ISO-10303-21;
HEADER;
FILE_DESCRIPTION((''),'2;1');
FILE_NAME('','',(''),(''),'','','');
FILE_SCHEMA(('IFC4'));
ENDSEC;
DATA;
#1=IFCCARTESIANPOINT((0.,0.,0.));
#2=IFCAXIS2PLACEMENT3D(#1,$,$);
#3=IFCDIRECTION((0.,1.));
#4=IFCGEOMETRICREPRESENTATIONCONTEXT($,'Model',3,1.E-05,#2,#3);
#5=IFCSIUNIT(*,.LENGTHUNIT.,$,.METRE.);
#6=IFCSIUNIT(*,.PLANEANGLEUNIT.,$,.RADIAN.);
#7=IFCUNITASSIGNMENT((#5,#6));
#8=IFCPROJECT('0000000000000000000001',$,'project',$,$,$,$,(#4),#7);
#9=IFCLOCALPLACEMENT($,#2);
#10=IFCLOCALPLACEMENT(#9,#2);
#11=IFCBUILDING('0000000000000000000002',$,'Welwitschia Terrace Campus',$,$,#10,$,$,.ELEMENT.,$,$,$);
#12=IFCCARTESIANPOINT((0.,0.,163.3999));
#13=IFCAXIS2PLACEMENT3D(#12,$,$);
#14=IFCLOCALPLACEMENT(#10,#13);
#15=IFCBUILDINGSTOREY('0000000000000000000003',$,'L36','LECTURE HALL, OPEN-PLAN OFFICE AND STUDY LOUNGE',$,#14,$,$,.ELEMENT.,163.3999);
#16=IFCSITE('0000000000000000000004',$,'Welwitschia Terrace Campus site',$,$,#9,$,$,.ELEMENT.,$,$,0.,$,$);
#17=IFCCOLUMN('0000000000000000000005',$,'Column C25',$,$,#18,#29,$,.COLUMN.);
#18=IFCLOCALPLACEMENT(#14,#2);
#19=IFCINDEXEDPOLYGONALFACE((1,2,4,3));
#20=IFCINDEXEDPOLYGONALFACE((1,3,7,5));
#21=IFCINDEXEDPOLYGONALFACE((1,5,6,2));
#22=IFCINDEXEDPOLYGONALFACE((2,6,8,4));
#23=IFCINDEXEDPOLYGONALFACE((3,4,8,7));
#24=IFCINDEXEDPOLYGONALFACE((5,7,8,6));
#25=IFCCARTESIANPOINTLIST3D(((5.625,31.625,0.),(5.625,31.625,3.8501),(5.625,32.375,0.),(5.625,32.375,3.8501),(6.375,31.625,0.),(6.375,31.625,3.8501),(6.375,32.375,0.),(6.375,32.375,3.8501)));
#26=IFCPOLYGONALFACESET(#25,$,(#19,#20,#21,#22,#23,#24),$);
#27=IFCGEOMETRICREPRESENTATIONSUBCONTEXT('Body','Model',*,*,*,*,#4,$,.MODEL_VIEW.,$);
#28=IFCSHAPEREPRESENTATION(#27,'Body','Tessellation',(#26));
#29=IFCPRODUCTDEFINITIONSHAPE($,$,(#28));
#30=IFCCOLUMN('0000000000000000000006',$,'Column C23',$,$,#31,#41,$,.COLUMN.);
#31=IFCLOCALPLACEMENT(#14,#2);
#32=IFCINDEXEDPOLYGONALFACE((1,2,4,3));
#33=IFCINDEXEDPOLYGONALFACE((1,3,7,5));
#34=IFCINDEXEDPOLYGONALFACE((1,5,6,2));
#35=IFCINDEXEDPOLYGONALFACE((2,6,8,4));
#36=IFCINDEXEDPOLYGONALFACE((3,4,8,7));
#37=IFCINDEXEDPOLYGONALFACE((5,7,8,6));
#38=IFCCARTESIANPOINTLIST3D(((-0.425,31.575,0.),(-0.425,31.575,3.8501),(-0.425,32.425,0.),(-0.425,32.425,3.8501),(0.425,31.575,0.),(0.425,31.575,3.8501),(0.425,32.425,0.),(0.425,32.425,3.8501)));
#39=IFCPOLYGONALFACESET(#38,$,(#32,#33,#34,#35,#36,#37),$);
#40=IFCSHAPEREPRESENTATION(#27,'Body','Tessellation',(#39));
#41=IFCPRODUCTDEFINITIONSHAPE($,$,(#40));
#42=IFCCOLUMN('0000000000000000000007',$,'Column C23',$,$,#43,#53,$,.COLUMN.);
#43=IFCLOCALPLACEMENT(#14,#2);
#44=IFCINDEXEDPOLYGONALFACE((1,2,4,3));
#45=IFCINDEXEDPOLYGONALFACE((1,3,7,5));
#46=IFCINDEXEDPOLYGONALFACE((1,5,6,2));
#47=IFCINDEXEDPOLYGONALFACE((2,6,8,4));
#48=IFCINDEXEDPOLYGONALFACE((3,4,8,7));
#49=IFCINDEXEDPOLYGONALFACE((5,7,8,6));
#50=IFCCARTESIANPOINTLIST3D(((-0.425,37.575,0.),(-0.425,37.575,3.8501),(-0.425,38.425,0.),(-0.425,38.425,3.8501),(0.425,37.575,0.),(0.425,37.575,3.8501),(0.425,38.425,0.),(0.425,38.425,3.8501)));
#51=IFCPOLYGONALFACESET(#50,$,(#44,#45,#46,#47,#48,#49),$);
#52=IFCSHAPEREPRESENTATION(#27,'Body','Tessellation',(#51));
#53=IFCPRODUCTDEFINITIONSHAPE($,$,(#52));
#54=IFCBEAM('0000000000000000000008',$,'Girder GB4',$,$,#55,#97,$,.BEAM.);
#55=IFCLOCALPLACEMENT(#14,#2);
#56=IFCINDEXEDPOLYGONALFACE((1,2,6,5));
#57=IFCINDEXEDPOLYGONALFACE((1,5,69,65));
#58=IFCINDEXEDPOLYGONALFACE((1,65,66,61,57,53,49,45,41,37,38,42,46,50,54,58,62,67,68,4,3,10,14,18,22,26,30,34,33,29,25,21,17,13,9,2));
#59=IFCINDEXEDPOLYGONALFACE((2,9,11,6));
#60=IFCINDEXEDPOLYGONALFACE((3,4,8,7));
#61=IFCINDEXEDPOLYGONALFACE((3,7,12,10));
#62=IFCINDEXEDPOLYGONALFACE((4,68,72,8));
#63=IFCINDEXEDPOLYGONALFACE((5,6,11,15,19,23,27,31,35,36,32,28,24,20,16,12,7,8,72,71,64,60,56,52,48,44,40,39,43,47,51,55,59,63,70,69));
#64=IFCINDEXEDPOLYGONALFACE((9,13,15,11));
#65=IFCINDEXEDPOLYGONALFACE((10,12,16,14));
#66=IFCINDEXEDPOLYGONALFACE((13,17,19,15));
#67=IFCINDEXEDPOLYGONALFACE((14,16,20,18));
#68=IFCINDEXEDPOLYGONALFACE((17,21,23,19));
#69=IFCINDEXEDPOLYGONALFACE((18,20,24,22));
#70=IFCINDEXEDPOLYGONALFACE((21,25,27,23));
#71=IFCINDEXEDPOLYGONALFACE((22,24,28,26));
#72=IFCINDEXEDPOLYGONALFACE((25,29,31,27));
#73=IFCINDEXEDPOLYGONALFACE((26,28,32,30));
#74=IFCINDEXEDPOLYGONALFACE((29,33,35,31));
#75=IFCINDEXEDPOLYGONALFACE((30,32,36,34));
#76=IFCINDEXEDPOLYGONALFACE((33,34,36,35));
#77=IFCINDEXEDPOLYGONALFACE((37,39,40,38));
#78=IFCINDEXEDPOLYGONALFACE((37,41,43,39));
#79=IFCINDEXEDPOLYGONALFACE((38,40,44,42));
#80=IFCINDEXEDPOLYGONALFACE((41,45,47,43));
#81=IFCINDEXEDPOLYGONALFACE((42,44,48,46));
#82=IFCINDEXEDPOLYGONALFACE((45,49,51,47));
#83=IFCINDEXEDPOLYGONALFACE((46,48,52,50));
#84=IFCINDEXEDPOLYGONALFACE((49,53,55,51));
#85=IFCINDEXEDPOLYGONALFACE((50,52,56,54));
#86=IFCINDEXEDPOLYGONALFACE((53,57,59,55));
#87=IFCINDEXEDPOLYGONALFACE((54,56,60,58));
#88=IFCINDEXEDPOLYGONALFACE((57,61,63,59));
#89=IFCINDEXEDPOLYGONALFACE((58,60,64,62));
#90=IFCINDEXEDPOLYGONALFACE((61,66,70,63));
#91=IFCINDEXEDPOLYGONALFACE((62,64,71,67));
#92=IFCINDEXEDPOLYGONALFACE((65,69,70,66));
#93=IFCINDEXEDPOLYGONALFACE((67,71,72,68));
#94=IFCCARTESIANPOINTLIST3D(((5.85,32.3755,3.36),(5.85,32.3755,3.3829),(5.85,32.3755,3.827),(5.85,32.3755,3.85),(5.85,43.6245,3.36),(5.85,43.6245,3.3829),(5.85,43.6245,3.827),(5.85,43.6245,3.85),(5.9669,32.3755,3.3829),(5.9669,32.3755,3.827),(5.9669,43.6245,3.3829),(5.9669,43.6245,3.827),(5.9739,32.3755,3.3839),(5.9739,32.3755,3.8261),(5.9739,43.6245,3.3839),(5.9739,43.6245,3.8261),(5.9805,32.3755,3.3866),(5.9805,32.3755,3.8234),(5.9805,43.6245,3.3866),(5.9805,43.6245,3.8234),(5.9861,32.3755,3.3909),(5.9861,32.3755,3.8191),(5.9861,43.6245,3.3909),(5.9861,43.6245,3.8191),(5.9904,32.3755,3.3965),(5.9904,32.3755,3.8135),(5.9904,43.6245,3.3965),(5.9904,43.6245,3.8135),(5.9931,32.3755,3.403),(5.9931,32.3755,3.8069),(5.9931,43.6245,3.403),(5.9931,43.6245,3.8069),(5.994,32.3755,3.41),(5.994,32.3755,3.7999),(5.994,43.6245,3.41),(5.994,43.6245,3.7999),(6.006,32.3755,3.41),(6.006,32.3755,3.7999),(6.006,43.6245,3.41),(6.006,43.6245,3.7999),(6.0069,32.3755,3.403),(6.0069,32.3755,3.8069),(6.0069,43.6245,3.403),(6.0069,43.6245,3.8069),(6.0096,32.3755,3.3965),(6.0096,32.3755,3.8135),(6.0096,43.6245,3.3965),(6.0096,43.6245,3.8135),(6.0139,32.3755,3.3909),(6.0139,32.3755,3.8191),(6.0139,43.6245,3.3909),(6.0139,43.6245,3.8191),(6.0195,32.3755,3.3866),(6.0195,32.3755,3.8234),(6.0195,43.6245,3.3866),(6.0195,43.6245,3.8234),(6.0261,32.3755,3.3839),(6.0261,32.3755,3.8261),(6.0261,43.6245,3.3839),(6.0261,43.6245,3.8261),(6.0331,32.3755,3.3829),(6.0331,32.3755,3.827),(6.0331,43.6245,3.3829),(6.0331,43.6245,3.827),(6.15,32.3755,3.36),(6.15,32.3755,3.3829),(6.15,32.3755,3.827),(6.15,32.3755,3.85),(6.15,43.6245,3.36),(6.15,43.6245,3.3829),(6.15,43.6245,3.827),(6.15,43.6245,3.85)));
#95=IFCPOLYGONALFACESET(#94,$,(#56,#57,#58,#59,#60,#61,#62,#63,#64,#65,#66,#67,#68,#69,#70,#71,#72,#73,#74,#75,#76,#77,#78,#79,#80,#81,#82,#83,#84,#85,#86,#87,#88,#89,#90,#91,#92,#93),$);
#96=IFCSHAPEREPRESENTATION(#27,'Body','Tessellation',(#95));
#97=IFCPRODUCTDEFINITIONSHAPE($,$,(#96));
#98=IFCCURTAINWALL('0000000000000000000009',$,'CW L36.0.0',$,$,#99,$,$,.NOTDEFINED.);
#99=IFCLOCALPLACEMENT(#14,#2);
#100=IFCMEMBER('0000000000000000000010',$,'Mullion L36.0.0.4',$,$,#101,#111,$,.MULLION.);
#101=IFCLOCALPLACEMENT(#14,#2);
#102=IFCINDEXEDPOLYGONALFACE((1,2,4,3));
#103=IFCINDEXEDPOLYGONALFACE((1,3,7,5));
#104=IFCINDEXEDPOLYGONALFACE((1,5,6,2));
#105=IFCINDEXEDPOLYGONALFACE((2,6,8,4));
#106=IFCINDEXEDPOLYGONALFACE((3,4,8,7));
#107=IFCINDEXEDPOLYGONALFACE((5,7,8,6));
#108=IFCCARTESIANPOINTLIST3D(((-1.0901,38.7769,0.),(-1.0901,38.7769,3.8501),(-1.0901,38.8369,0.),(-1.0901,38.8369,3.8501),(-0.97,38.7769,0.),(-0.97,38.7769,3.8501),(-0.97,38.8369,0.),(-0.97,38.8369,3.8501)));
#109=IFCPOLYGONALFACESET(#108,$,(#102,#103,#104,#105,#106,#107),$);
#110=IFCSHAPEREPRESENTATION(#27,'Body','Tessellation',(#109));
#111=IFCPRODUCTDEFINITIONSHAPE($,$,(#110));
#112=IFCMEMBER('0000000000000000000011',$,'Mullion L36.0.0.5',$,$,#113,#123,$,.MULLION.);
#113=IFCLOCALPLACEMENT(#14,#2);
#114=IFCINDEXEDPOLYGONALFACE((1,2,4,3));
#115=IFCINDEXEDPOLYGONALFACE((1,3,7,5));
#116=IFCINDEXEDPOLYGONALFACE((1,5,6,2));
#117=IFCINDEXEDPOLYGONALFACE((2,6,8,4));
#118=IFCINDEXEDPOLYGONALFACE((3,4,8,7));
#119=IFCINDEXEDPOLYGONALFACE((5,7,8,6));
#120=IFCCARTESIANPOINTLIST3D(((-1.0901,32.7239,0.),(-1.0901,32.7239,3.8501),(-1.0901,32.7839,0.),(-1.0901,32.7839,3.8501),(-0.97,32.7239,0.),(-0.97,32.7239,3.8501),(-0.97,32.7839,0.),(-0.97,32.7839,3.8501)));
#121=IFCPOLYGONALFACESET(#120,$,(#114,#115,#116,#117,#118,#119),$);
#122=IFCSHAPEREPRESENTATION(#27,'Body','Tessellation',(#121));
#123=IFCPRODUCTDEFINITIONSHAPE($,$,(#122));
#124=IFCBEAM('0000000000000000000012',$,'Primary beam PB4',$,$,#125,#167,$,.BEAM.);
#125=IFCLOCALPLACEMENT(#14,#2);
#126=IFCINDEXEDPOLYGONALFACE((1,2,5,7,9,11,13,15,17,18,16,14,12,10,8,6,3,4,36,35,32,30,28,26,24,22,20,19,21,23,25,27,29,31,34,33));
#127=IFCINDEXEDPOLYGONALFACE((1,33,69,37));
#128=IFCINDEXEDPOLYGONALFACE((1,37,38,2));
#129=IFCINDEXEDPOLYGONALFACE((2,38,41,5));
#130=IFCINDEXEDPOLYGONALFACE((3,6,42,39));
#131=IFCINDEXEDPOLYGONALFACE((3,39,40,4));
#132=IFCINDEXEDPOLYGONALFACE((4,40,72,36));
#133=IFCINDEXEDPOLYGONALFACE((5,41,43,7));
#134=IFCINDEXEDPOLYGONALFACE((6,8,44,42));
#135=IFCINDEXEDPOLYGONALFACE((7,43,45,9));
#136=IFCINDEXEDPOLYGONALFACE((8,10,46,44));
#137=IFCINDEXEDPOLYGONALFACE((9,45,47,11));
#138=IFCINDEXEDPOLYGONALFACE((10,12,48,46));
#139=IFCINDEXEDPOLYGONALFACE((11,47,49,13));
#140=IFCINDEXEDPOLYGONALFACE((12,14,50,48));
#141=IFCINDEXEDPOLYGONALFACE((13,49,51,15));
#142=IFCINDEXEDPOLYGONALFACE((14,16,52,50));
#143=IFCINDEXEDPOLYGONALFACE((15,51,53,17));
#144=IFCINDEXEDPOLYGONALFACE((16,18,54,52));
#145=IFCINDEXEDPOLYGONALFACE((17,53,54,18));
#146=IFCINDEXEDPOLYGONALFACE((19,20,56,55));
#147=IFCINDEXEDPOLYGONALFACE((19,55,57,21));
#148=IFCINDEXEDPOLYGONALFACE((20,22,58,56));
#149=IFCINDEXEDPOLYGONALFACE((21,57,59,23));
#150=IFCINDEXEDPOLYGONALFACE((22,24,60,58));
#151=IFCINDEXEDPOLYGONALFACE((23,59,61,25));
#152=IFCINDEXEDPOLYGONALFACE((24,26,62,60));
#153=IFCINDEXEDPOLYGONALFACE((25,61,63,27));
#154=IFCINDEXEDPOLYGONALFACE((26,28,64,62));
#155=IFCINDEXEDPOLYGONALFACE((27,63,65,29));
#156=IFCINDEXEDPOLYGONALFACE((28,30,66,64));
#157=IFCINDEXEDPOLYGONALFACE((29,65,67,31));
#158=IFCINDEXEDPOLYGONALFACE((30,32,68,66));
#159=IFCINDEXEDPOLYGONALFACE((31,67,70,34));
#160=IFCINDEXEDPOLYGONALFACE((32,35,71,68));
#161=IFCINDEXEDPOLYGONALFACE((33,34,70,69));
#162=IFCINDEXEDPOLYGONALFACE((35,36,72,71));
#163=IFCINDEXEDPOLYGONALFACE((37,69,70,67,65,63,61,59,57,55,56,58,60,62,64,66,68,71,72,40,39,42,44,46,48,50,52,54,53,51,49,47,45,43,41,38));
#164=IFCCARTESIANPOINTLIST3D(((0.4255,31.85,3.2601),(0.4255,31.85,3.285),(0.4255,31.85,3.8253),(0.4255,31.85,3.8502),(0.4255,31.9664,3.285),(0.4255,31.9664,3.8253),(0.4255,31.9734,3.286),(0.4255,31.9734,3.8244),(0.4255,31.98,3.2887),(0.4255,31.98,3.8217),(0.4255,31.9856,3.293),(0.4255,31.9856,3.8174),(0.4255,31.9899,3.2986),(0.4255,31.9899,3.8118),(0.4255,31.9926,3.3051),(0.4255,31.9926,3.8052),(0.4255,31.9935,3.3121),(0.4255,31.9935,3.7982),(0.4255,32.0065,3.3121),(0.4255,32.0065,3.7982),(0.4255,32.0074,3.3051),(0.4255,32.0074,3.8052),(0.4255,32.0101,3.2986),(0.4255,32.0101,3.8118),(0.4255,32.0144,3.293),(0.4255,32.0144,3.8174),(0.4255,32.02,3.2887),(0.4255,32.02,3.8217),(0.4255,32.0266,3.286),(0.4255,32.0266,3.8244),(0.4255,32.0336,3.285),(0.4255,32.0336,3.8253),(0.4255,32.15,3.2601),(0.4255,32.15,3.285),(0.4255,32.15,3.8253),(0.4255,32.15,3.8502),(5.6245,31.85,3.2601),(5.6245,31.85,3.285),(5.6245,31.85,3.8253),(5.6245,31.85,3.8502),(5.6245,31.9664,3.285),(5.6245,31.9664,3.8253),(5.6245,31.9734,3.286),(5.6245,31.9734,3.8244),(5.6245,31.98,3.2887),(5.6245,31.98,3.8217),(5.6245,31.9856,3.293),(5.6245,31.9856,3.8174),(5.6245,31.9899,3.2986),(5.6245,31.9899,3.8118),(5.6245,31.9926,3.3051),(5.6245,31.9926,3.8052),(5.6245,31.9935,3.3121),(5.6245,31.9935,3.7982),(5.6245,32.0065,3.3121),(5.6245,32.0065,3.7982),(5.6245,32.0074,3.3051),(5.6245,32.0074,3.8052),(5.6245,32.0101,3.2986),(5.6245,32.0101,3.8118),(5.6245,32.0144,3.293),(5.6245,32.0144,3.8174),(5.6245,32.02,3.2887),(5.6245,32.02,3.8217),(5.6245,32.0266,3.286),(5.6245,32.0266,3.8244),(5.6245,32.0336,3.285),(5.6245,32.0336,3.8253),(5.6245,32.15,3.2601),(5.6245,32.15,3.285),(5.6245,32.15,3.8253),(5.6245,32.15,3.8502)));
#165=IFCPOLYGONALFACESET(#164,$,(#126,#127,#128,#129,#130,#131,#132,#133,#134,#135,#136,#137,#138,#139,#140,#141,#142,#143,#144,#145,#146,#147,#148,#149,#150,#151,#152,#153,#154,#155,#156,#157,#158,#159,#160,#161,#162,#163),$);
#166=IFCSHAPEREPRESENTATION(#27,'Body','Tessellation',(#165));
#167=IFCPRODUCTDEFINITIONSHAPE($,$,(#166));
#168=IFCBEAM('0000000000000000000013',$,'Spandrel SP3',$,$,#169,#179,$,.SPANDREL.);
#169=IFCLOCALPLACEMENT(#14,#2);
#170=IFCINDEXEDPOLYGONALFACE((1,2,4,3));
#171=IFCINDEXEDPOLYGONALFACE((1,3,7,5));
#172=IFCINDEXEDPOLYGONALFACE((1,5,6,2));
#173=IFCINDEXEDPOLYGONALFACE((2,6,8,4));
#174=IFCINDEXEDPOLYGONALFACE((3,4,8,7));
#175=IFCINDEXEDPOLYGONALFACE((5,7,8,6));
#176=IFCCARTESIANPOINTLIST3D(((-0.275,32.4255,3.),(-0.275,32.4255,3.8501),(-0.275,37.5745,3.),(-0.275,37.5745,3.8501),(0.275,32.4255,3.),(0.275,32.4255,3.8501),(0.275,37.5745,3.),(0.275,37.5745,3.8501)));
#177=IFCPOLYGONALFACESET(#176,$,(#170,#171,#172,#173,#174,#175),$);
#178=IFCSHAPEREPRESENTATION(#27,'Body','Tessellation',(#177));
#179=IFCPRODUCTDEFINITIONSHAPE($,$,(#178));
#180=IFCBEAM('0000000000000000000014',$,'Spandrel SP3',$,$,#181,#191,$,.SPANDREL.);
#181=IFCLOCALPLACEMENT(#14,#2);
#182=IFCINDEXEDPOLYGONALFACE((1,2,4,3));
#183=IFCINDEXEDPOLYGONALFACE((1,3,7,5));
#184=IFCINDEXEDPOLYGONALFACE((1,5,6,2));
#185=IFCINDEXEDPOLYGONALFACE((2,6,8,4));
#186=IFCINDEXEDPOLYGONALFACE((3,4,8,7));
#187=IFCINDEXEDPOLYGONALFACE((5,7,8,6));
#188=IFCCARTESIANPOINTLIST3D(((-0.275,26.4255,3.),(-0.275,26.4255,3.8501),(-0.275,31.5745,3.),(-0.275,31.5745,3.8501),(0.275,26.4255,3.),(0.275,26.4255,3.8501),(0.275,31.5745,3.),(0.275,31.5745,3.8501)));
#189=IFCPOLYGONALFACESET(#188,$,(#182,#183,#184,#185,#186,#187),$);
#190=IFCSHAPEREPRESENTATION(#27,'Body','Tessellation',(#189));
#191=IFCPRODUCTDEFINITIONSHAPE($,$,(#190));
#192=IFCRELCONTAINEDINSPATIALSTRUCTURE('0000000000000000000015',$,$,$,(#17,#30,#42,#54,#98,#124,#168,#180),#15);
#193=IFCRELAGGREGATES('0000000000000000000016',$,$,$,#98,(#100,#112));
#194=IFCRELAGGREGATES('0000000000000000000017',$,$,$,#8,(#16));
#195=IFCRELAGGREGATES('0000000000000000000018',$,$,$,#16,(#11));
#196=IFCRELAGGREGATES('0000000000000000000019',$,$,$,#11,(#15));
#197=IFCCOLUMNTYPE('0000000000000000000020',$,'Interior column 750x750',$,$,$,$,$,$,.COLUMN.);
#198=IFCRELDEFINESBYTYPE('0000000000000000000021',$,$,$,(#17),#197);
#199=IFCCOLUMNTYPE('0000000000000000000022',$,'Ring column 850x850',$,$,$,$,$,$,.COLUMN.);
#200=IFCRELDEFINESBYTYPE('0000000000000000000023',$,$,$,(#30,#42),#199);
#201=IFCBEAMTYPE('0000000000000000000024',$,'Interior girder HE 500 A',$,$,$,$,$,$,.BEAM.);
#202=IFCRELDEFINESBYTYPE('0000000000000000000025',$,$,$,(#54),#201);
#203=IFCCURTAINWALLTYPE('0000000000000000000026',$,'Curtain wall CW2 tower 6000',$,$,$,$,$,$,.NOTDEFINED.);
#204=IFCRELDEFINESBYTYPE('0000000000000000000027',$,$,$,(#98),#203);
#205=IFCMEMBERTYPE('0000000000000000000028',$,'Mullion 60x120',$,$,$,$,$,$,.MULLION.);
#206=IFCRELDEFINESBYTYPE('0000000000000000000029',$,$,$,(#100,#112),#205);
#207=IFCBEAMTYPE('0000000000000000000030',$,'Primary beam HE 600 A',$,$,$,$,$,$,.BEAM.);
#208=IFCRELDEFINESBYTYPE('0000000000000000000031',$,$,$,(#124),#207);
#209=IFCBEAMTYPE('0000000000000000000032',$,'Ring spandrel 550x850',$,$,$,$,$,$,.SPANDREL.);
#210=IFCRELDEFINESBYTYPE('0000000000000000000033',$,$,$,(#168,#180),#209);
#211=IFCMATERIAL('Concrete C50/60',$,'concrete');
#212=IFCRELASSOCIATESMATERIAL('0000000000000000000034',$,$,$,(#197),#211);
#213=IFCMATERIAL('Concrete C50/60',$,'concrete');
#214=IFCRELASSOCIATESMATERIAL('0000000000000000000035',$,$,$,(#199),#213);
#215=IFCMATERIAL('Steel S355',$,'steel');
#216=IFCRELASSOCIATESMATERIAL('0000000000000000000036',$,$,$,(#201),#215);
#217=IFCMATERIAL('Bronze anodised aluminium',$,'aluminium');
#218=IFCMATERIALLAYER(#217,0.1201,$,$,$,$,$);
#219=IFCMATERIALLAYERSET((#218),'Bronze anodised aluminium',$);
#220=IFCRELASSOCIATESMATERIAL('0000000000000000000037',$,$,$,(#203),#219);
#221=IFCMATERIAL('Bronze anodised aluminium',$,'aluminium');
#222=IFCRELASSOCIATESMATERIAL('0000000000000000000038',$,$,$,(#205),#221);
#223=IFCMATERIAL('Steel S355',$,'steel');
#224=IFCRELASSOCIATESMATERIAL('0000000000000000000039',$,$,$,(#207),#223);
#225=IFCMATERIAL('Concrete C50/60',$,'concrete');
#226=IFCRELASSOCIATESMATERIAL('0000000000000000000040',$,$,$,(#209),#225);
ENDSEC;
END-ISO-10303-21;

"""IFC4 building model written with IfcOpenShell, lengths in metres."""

from ifc_helpers import new_model, si_unit, direction, frame, origin, origin_2d, place, context, subcontext, project, spatial, rectangle, i_section, extrude, material, layer, layer_set, material_profile, profile_set, type_object, element, aggregate, save


model = new_model("IFC4")

# Units and contexts
model_context = context("Model", 3, precision=1e-05, world=origin(), true_north=direction((0.0, 1.0)))
body_context = subcontext(model_context, "Body", "Model", "MODEL_VIEW")
ifc_project = project(units=[si_unit("LENGTHUNIT", "METRE"), si_unit("PLANEANGLEUNIT", "RADIAN")], contexts=[model_context])

# Site, building, storey
site_placement = place(None, origin())
site = spatial("IfcSite", under=ifc_project, at=site_placement, Name="Welwitschia Terrace Campus site", CompositionType="ELEMENT", RefElevation=0.0)
building_placement = place(site_placement, origin())
building = spatial("IfcBuilding", under=site, at=building_placement, Name="Welwitschia Terrace Campus", CompositionType="ELEMENT")
storey_placement = place(building_placement, frame((0.0, 0.0, 163.3999)))
storey = spatial("IfcBuildingStorey", under=building, at=storey_placement, Name="L36", Description="LECTURE HALL, OPEN-PLAN OFFICE AND STUDY LOUNGE", CompositionType="ELEMENT", Elevation=163.3999)

# Columns
ifc_material_1 = material(Name="Concrete C50/60", Category="concrete")
ifc_material_profile_1 = material_profile(ifc_material_1, rectangle(XDim=0.75, YDim=0.75, at=origin_2d()))
ifc_profile_set_1 = profile_set([ifc_material_profile_1], Name="Concrete C50/60")
column_type_1 = type_object("IfcColumnType", Name="Interior column 750x750", PredefinedType="COLUMN", material=ifc_profile_set_1)
column_placement = place(storey_placement, frame((6.0, 32.0, 0.0), z_axis=(0.0, 0.0, 1.0), x_axis=(1.0, 0.0, 0.0)))
element("IfcColumn", 1, at=column_placement, inside=storey, type_object=column_type_1, Name="Column C25", PredefinedType="COLUMN", context=body_context, shape_type="SweptSolid", body=[
    extrude(rectangle(XDim=0.75, YDim=0.75, at=origin_2d()), origin(), (0.0, 0.0, 1.0), 3.8501),
])
ifc_material_2 = material(Name="Concrete C50/60", Category="concrete")
ifc_material_profile_2 = material_profile(ifc_material_2, rectangle(XDim=0.8501, YDim=0.8501, at=origin_2d()))
ifc_profile_set_2 = profile_set([ifc_material_profile_2], Name="Concrete C50/60")
column_type_2 = type_object("IfcColumnType", Name="Ring column 850x850", PredefinedType="COLUMN", material=ifc_profile_set_2)
for number, where, z_axis, x_axis, name in (
    (2, (0.0, 32.0, 0.0), (0.0, 0.0, 1.0), (1.0, 0.0, 0.0), "Column C23"),
    (3, (0.0, 38.0, 0.0), (0.0, 0.0, 1.0), (1.0, 0.0, 0.0), "Column C23"),
):
    element("IfcColumn", number, at=place(storey_placement, frame(where, z_axis=z_axis, x_axis=x_axis)), inside=storey, type_object=column_type_2, Name=name, PredefinedType="COLUMN", context=body_context, shape_type="SweptSolid", body=[
        extrude(rectangle(XDim=0.8501, YDim=0.8501, at=origin_2d()), origin(), (0.0, 0.0, 1.0), 3.8501),
    ])

# Beam
ifc_material_3 = material(Name="Steel S355", Category="steel")
ifc_material_profile_3 = material_profile(ifc_material_3, i_section(OverallWidth=0.3, OverallDepth=0.49, WebThickness=0.012, FlangeThickness=0.0229, FilletRadius=0.0271, at=origin_2d()))
ifc_profile_set_3 = profile_set([ifc_material_profile_3], Name="Steel S355")
beam_type_1 = type_object("IfcBeamType", Name="Interior girder HE 500 A", PredefinedType="BEAM", material=ifc_profile_set_3)
beam_1_placement = place(storey_placement, frame((6.0, 32.3755, 3.605), z_axis=(0.0, 1.0, 0.0), x_axis=(-1.0, 0.0, 0.0)))
element("IfcBeam", 4, at=beam_1_placement, inside=storey, type_object=beam_type_1, Name="Girder GB4", PredefinedType="BEAM", context=body_context, shape_type="SweptSolid", body=[
    extrude(i_section(OverallWidth=0.3, OverallDepth=0.49, WebThickness=0.012, FlangeThickness=0.0229, FilletRadius=0.0271, at=origin_2d()), origin(), (0.0, 0.0, 1.0), 11.249),
])

# Curtain wall, members
ifc_material_4 = material(Name="Bronze anodised aluminium", Category="aluminium")
ifc_layer_1 = layer(ifc_material_4, 0.1201)
ifc_layer_set_1 = layer_set([ifc_layer_1], Name="Bronze anodised aluminium")
curtain_wall_type = type_object("IfcCurtainWallType", Name="Curtain wall CW2 tower 6000", PredefinedType="NOTDEFINED", material=ifc_layer_set_1)
curtain_wall_placement = place(storey_placement, origin())
curtain_wall = element("IfcCurtainWall", 5, at=curtain_wall_placement, inside=storey, type_object=curtain_wall_type, Name="CW L36.0.0", PredefinedType="NOTDEFINED")
ifc_material_5 = material(Name="Bronze anodised aluminium", Category="aluminium")
ifc_material_profile_4 = material_profile(ifc_material_5, rectangle(XDim=0.1201, YDim=0.0601, at=origin_2d()))
ifc_profile_set_4 = profile_set([ifc_material_profile_4], Name="Bronze anodised aluminium")
member_type = type_object("IfcMemberType", Name="Mullion 60x120", PredefinedType="MULLION", material=ifc_profile_set_4)
member_1_placement = place(storey_placement, frame((-1.03, 38.8069, 0.0), z_axis=(0.0, 0.0, 1.0), x_axis=(1.0, 0.0, 0.0)))
member_1 = element("IfcMember", 6, at=member_1_placement, type_object=member_type, Name="Mullion L36.0.0.4", PredefinedType="MULLION", context=body_context, shape_type="SweptSolid", body=[
    extrude(rectangle(XDim=0.1201, YDim=0.0601, at=origin_2d()), origin(), (0.0, 0.0, 1.0), 3.8501),
])
member_2_placement = place(storey_placement, frame((-1.03, 32.7539, 0.0), z_axis=(0.0, 0.0, 1.0), x_axis=(1.0, 0.0, 0.0)))
member_2 = element("IfcMember", 7, at=member_2_placement, type_object=member_type, Name="Mullion L36.0.0.5", PredefinedType="MULLION", context=body_context, shape_type="SweptSolid", body=[
    extrude(rectangle(XDim=0.1201, YDim=0.0601, at=origin_2d()), origin(), (0.0, 0.0, 1.0), 3.8501),
])

# Beams
ifc_material_6 = material(Name="Steel S355", Category="steel")
ifc_material_profile_5 = material_profile(ifc_material_6, i_section(OverallWidth=0.3, OverallDepth=0.5901, WebThickness=0.0129, FlangeThickness=0.0249, FilletRadius=0.0271, at=origin_2d()))
ifc_profile_set_5 = profile_set([ifc_material_profile_5], Name="Steel S355")
beam_type_2 = type_object("IfcBeamType", Name="Primary beam HE 600 A", PredefinedType="BEAM", material=ifc_profile_set_5)
beam_2_placement = place(storey_placement, frame((0.4255, 32.0, 3.5552), z_axis=(1.0, 0.0, 0.0), x_axis=(0.0, 1.0, 0.0)))
element("IfcBeam", 8, at=beam_2_placement, inside=storey, type_object=beam_type_2, Name="Primary beam PB4", PredefinedType="BEAM", context=body_context, shape_type="SweptSolid", body=[
    extrude(i_section(OverallWidth=0.3, OverallDepth=0.5901, WebThickness=0.0129, FlangeThickness=0.0249, FilletRadius=0.0271, at=origin_2d()), origin(), (0.0, 0.0, 1.0), 5.199),
])
ifc_material_7 = material(Name="Concrete C50/60", Category="concrete")
ifc_material_profile_6 = material_profile(ifc_material_7, rectangle(XDim=0.55, YDim=0.8501, at=origin_2d()))
ifc_profile_set_6 = profile_set([ifc_material_profile_6], Name="Concrete C50/60")
beam_type_3 = type_object("IfcBeamType", Name="Ring spandrel 550x850", PredefinedType="SPANDREL", material=ifc_profile_set_6)
for number, where, z_axis, x_axis, name in (
    (9, (0.0, 37.5745, 3.425), (0.0, -1.0, 0.0), (1.0, 0.0, 0.0), "Spandrel SP3"),
    (10, (0.0, 31.5745, 3.425), (0.0, -1.0, 0.0), (1.0, 0.0, 0.0), "Spandrel SP3"),
):
    element("IfcBeam", number, at=place(storey_placement, frame(where, z_axis=z_axis, x_axis=x_axis)), inside=storey, type_object=beam_type_3, Name=name, PredefinedType="SPANDREL", context=body_context, shape_type="SweptSolid", body=[
        extrude(rectangle(XDim=0.55, YDim=0.8501, at=origin_2d()), origin(), (0.0, 0.0, 1.0), 5.1489),
    ])

aggregate(curtain_wall, [member_1, member_2])

save(model, "model.ifc")
